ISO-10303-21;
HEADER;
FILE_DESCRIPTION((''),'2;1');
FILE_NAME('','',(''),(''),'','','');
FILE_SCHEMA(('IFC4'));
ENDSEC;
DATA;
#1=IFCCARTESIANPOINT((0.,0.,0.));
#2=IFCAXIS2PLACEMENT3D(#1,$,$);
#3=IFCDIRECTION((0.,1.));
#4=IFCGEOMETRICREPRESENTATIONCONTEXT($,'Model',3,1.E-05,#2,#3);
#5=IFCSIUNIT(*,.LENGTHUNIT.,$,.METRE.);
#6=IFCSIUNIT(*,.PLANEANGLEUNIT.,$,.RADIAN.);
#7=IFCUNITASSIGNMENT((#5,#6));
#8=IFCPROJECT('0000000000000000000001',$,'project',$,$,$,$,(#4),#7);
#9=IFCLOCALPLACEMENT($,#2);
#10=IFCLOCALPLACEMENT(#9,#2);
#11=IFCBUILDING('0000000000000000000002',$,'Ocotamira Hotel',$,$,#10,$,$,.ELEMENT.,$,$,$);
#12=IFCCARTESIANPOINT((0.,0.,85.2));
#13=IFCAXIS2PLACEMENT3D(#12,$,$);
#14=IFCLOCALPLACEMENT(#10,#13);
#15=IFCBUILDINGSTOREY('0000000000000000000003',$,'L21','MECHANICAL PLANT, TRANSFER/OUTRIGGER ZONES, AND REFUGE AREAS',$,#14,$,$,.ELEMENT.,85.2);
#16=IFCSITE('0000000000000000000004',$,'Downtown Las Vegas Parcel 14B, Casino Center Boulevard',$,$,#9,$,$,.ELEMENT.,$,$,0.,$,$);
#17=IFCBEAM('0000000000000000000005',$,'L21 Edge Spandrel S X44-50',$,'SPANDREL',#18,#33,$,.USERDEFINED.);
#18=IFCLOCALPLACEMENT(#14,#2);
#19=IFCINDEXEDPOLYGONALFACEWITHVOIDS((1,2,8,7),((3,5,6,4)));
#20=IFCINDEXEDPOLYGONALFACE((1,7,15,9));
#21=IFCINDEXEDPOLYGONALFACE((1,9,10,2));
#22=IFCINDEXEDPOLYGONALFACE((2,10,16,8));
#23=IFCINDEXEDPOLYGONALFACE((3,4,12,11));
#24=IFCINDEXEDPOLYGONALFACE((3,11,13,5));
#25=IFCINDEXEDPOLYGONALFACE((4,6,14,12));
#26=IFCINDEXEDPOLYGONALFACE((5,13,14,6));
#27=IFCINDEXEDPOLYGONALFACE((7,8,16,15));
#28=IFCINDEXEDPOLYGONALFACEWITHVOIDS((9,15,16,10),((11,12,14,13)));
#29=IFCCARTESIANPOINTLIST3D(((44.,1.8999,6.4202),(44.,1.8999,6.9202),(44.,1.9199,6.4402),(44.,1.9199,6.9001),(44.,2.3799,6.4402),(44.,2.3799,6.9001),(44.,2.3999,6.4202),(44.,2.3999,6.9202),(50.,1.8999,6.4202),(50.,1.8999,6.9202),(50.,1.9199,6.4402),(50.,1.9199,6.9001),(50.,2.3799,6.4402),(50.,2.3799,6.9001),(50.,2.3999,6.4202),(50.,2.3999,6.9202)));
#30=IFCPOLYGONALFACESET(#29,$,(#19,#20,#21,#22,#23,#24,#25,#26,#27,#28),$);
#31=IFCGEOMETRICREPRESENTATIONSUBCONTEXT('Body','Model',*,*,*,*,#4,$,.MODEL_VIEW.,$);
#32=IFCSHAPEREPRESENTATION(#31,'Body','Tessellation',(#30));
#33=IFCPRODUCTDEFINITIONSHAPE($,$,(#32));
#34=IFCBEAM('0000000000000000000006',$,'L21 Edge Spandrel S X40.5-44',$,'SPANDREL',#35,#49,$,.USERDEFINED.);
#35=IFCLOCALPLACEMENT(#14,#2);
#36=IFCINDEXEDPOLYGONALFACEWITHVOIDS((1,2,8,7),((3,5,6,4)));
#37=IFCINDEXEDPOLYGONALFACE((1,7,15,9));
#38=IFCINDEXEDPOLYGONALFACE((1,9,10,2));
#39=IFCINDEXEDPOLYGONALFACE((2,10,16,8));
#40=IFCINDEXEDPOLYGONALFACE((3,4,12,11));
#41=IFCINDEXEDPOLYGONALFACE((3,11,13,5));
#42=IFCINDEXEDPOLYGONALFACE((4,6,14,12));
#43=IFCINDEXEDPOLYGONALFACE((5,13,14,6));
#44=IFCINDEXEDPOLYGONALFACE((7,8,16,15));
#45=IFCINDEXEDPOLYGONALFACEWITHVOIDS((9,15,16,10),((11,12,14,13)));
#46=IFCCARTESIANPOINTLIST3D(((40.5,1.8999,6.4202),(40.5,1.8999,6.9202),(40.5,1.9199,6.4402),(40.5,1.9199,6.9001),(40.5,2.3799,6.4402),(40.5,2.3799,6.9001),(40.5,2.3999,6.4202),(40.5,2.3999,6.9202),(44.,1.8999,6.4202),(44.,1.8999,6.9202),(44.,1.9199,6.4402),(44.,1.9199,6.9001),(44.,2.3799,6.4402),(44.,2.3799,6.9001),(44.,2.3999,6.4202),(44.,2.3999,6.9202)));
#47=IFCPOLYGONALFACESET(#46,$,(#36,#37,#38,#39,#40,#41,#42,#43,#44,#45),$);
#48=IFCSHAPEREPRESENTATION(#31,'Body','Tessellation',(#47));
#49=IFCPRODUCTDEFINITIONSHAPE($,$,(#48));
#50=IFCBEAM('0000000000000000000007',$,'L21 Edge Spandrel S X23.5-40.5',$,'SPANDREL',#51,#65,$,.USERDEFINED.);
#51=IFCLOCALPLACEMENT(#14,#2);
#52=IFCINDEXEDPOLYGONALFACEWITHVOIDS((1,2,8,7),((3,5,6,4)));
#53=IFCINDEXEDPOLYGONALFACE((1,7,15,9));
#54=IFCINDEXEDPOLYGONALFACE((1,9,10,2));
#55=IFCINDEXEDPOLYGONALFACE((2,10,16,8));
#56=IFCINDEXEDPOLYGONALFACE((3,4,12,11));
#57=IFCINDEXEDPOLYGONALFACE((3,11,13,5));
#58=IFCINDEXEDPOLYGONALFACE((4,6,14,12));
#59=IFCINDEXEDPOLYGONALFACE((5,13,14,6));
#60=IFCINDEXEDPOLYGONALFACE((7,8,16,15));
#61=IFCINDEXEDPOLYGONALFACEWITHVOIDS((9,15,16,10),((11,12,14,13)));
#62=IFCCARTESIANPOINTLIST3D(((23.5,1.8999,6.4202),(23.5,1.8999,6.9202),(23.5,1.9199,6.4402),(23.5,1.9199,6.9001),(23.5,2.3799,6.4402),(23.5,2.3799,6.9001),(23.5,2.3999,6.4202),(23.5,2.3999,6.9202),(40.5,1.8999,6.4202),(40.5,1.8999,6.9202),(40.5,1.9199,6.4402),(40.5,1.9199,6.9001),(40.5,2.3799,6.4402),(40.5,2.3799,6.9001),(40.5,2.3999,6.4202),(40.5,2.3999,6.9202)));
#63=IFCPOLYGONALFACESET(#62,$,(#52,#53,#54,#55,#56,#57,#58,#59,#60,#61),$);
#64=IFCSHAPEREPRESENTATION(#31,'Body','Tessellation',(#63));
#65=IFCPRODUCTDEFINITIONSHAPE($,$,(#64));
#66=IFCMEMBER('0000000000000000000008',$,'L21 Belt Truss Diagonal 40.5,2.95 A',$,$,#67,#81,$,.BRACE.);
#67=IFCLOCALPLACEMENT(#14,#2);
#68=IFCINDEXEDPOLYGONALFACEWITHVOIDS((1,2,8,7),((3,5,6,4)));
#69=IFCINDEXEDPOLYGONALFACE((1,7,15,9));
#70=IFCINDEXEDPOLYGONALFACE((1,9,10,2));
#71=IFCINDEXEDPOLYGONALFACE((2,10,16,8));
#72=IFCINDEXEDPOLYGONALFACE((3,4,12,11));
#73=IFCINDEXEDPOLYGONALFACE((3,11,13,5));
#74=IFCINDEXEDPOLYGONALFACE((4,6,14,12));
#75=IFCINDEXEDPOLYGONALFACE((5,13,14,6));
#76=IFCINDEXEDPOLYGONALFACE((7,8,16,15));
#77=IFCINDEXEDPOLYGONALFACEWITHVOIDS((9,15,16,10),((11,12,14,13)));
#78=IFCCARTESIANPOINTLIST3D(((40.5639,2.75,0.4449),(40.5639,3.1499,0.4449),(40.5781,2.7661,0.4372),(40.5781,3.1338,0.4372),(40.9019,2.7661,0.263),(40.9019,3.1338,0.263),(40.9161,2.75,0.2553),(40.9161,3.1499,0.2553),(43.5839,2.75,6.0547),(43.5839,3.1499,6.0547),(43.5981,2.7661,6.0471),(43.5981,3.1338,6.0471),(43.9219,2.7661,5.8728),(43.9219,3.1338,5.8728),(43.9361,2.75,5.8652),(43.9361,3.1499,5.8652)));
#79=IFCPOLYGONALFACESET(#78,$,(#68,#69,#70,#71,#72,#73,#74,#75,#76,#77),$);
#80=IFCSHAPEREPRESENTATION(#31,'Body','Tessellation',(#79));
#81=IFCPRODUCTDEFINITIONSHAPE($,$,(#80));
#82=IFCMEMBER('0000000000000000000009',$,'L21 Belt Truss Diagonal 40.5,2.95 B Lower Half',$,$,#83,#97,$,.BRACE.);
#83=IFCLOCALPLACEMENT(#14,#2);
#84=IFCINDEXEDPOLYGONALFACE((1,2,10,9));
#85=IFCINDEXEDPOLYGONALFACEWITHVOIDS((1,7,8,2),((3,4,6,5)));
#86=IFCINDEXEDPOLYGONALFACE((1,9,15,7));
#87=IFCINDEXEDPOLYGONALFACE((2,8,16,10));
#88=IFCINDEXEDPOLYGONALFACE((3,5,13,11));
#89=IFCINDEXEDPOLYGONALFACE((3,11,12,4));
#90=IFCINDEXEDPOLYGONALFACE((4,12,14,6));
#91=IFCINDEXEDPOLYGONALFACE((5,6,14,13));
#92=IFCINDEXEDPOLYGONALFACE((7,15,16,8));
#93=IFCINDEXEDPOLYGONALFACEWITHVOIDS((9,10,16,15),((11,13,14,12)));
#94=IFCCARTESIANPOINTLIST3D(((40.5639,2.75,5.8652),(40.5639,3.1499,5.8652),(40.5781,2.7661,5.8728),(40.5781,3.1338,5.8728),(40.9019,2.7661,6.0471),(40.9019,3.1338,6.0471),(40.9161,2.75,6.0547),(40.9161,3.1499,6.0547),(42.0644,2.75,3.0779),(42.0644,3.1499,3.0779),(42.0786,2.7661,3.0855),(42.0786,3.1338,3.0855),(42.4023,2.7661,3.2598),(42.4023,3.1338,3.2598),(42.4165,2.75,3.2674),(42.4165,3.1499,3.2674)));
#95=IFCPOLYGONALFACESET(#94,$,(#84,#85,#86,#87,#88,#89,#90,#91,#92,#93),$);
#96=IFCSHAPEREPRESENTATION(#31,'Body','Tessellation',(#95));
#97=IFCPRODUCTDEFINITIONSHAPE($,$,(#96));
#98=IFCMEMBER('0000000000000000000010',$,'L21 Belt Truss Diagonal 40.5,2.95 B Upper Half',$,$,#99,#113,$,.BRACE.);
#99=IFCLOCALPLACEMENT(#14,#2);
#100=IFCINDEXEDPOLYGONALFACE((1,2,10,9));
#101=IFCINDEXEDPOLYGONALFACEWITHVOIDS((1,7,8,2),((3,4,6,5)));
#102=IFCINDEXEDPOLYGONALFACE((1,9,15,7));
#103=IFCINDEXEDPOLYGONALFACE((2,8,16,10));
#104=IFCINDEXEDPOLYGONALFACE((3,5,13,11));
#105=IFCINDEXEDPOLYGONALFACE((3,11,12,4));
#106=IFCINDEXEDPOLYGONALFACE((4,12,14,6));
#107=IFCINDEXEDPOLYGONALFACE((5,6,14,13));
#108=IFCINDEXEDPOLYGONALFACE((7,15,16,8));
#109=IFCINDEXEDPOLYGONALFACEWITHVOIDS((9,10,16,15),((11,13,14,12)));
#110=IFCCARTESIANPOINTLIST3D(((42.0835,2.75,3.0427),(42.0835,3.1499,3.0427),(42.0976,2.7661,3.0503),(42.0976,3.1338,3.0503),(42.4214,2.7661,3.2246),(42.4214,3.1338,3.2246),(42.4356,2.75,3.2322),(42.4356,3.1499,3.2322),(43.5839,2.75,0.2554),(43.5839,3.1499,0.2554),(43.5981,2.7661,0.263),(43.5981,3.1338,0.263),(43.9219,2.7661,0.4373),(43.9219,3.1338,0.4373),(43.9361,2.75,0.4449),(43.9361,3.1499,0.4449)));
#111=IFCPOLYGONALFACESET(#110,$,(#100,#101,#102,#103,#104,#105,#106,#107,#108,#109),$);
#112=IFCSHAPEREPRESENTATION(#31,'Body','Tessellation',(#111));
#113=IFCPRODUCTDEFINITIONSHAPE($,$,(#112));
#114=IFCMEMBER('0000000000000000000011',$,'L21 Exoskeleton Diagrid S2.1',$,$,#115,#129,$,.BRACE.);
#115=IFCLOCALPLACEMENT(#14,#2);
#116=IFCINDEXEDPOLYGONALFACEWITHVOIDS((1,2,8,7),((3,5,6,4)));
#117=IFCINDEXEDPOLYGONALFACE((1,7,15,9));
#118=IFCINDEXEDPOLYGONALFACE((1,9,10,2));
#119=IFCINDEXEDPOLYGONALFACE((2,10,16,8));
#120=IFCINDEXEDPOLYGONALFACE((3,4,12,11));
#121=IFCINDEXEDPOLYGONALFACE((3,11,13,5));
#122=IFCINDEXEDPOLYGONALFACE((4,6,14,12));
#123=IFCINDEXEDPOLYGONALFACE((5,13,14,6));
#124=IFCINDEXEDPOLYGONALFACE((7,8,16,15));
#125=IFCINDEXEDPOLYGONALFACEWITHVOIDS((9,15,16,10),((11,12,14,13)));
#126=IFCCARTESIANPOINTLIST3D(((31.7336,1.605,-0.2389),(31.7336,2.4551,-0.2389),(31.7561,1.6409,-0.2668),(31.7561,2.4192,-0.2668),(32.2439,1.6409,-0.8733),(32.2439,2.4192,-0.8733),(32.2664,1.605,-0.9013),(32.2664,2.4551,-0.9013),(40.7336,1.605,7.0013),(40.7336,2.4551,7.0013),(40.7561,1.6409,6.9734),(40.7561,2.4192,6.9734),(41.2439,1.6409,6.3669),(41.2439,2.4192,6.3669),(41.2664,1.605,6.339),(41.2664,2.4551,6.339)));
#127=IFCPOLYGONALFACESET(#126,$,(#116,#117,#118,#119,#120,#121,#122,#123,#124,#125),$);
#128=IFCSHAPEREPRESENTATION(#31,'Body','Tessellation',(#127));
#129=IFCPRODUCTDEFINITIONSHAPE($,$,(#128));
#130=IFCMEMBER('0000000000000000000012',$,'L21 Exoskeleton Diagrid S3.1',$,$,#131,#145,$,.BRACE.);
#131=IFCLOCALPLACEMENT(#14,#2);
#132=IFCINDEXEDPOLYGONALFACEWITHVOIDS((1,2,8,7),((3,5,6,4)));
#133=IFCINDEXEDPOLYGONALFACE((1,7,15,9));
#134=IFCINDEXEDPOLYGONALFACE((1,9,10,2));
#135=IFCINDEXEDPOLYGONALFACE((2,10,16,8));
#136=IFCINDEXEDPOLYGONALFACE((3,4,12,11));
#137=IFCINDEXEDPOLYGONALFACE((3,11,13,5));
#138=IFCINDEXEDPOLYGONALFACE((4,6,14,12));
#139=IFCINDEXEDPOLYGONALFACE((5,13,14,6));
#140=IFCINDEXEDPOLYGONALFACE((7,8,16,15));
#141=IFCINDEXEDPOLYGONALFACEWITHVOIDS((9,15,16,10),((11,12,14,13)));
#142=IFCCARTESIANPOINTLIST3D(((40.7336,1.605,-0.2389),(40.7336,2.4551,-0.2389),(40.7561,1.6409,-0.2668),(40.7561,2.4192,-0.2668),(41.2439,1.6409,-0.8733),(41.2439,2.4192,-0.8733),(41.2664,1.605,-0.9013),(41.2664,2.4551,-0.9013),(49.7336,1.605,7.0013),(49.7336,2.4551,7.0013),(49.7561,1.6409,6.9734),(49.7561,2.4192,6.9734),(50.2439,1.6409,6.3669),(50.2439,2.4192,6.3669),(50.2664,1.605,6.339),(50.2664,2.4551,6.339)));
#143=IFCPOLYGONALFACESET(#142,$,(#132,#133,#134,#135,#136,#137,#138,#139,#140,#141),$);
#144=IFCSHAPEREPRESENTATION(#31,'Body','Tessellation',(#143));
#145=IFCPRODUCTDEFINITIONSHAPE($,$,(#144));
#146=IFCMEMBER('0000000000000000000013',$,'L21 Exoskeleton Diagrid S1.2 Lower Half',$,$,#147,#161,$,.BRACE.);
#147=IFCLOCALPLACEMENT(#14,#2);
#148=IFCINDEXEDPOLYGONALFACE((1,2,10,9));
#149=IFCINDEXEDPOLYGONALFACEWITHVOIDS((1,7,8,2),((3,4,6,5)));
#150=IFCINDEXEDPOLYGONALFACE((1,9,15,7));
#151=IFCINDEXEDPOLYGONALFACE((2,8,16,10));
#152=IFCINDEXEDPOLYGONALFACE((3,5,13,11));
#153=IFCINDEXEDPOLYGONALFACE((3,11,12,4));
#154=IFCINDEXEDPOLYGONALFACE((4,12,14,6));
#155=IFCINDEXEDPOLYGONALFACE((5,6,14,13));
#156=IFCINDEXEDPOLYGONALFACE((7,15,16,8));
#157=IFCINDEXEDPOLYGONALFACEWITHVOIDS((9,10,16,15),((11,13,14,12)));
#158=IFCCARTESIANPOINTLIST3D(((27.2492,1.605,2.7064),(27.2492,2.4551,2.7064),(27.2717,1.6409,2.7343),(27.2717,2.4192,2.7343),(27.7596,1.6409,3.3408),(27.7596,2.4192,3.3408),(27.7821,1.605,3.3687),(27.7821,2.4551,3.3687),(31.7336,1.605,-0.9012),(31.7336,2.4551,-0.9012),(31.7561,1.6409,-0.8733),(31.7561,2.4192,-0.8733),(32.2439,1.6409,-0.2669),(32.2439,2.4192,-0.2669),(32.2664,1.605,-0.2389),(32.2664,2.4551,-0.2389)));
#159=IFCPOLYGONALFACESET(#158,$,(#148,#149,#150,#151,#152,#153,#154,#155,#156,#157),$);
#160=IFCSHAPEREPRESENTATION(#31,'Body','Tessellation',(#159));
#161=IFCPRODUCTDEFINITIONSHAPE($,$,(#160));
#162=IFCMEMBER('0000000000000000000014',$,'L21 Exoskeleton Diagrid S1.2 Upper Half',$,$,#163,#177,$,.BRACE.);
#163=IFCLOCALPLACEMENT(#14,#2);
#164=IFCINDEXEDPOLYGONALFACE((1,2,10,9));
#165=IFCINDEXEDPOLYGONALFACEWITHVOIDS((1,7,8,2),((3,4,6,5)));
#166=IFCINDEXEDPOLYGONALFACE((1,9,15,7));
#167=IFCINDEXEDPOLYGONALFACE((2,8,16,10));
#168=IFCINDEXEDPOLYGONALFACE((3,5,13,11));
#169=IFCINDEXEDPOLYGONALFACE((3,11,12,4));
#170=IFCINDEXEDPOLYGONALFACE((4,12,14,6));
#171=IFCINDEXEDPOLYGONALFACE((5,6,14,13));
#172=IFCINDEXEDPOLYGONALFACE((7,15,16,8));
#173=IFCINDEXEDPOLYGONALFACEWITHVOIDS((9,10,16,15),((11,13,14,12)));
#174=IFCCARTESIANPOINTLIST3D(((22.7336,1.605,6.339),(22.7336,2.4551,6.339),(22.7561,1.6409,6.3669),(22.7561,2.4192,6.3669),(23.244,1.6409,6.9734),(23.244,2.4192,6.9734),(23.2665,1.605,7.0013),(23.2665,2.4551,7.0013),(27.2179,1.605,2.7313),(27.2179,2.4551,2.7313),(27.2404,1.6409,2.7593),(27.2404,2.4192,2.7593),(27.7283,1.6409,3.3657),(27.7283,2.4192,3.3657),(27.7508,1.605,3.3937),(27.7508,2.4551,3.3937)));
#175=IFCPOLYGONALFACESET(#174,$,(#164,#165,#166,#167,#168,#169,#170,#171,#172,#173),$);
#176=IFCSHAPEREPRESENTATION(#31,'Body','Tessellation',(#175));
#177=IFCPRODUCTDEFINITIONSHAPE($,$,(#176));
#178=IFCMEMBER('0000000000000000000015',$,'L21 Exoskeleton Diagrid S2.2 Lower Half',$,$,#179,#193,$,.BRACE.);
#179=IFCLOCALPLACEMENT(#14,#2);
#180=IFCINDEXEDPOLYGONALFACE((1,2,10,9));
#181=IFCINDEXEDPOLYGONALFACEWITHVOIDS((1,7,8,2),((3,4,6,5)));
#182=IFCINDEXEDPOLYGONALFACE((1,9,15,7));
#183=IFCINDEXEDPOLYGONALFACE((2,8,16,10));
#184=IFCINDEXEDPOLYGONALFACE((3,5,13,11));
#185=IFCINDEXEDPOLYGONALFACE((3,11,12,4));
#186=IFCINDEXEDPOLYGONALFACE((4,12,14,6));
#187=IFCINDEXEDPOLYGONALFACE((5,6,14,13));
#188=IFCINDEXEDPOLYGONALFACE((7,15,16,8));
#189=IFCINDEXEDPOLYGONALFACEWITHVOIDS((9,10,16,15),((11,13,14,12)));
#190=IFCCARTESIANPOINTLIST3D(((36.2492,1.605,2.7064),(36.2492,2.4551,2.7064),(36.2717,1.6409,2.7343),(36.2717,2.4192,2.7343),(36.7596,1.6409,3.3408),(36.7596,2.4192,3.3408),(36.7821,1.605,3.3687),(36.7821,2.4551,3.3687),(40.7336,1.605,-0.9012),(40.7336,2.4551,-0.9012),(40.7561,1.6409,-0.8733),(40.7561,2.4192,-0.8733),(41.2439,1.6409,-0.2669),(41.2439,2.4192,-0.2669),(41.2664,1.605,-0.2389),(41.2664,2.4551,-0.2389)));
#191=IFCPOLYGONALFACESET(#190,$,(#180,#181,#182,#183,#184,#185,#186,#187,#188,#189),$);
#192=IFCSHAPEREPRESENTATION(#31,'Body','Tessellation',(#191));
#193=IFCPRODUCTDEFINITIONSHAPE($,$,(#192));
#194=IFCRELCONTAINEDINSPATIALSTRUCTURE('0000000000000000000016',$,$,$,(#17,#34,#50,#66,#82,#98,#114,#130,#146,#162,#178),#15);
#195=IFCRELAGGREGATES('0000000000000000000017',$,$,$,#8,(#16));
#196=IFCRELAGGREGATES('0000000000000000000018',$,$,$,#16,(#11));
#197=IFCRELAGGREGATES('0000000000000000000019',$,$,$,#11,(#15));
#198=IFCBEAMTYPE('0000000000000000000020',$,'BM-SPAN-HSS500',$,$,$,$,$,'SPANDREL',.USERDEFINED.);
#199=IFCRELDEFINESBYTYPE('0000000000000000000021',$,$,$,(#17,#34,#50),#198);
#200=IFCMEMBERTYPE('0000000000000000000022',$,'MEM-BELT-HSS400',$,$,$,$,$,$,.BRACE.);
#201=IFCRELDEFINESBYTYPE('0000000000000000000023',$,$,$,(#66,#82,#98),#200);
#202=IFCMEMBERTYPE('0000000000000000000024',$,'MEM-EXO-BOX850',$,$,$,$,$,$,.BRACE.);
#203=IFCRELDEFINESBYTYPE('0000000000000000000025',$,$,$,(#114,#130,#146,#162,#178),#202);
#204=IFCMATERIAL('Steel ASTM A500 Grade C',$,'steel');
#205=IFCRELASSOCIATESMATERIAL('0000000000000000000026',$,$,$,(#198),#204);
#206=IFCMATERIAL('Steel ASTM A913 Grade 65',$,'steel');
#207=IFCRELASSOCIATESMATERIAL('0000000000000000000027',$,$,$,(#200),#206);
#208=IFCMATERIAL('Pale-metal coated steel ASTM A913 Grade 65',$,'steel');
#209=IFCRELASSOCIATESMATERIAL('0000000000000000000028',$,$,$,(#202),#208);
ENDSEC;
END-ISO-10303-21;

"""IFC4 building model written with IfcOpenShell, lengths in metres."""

from ifc_helpers import new_model, si_unit, direction, frame, origin, origin_2d, place, context, subcontext, project, spatial, hollow_rectangle, extrude, source, transform, mapped, material, material_profile, profile_set, type_object, element, save


model = new_model("IFC4")

# Units and contexts
model_context = context("Model", 3, precision=1e-05, world=origin(), true_north=direction((0.0, 1.0)))
body_context = subcontext(model_context, "Body", "Model", "MODEL_VIEW")
ifc_project = project(units=[si_unit("LENGTHUNIT", "METRE"), si_unit("PLANEANGLEUNIT", "RADIAN")], contexts=[model_context])

# Site, building, storey
site_placement = place(None, origin())
site = spatial("IfcSite", under=ifc_project, at=site_placement, Name="Downtown Las Vegas Parcel 14B, Casino Center Boulevard", CompositionType="ELEMENT", RefElevation=0.0)
building_placement = place(site_placement, origin())
building = spatial("IfcBuilding", under=site, at=building_placement, Name="Ocotamira Hotel", CompositionType="ELEMENT")
storey_placement = place(building_placement, frame((0.0, 0.0, 85.2)))
storey = spatial("IfcBuildingStorey", under=building, at=storey_placement, Name="L21", Description="MECHANICAL PLANT, TRANSFER/OUTRIGGER ZONES, AND REFUGE AREAS", CompositionType="ELEMENT", Elevation=85.2)

# Shared definitions
ifc_material_1 = material(Name="Steel ASTM A913 Grade 65", Category="steel")

# Beams
ifc_material_2 = material(Name="Steel ASTM A500 Grade C", Category="steel")
ifc_material_profile_1 = material_profile(ifc_material_2, hollow_rectangle(XDim=0.5, YDim=0.5, WallThickness=0.02, at=origin_2d()), Name="HSS500X500X20")
ifc_profile_set_1 = profile_set([ifc_material_profile_1], Name="Steel ASTM A500 Grade C")
beam_type_1 = type_object("IfcBeamType", Name="BM-SPAN-HSS500", ElementType="SPANDREL", PredefinedType="USERDEFINED", material=ifc_profile_set_1)
shared_shape_1 = source(origin(), body_context, "Body", "SweptSolid", [
    extrude(hollow_rectangle(XDim=0.5, YDim=0.5, WallThickness=0.02, at=origin_2d()), origin(), (0.0, 0.0, 1.0), 6.0),
])
beam_1_placement = place(storey_placement, frame((44.0, 2.1499, 6.6702), z_axis=(1.0, 0.0, 0.0), x_axis=(0.0, 1.0, 0.0)))
element("IfcBeam", 1, at=beam_1_placement, inside=storey, type_object=beam_type_1, Name="L21 Edge Spandrel S X44-50", ObjectType="SPANDREL", PredefinedType="USERDEFINED", context=body_context, shape_type="MappedRepresentation", body=[
    mapped(shared_shape_1, transform((0.0, 0.0, 0.0), scale=1.0)),
])
shared_shape_2 = source(origin(), body_context, "Body", "SweptSolid", [
    extrude(hollow_rectangle(XDim=0.5, YDim=0.5, WallThickness=0.02, at=origin_2d()), origin(), (0.0, 0.0, 1.0), 3.5),
])
beam_2_placement = place(storey_placement, frame((40.5, 2.1499, 6.6702), z_axis=(1.0, 0.0, 0.0), x_axis=(0.0, 1.0, 0.0)))
element("IfcBeam", 2, at=beam_2_placement, inside=storey, type_object=beam_type_1, Name="L21 Edge Spandrel S X40.5-44", ObjectType="SPANDREL", PredefinedType="USERDEFINED", context=body_context, shape_type="MappedRepresentation", body=[
    mapped(shared_shape_2, transform((0.0, 0.0, 0.0), scale=1.0)),
])
shared_shape_3 = source(origin(), body_context, "Body", "SweptSolid", [
    extrude(hollow_rectangle(XDim=0.5, YDim=0.5, WallThickness=0.02, at=origin_2d()), origin(), (0.0, 0.0, 1.0), 17.0),
])
beam_3_placement = place(storey_placement, frame((23.5, 2.1499, 6.6702), z_axis=(1.0, 0.0, 0.0), x_axis=(0.0, 1.0, 0.0)))
element("IfcBeam", 3, at=beam_3_placement, inside=storey, type_object=beam_type_1, Name="L21 Edge Spandrel S X23.5-40.5", ObjectType="SPANDREL", PredefinedType="USERDEFINED", context=body_context, shape_type="MappedRepresentation", body=[
    mapped(shared_shape_3, transform((0.0, 0.0, 0.0), scale=1.0)),
])

# Members
ifc_material_profile_2 = material_profile(ifc_material_1, hollow_rectangle(XDim=0.3999, YDim=0.3999, WallThickness=0.0161, at=origin_2d()), Name="HSS400X400X16")
ifc_profile_set_2 = profile_set([ifc_material_profile_2], Name="Steel ASTM A913 Grade 65")
member_type_1 = type_object("IfcMemberType", Name="MEM-BELT-HSS400", PredefinedType="BRACE", material=ifc_profile_set_2)
shared_shape_4 = source(origin(), body_context, "Body", "SweptSolid", [
    extrude(hollow_rectangle(XDim=0.3999, YDim=0.3999, WallThickness=0.0161, at=origin_2d()), origin(), (0.0, 0.0, 1.0), 6.3711),
])
member_placement = place(storey_placement, frame((40.74, 2.95, 0.3501), z_axis=(0.474018, 0.0, 0.880515), x_axis=(0.0, 1.0, 0.0)))
element("IfcMember", 4, at=member_placement, inside=storey, type_object=member_type_1, Name="L21 Belt Truss Diagonal 40.5,2.95 A", PredefinedType="BRACE", context=body_context, shape_type="MappedRepresentation", body=[
    mapped(shared_shape_4, transform((0.0, 0.0, 0.0), scale=1.0)),
])
shared_shape_5 = source(origin(), body_context, "Body", "SweptSolid", [
    extrude(hollow_rectangle(XDim=0.3999, YDim=0.3999, WallThickness=0.0161, at=origin_2d()), origin(), (0.0, 0.0, 1.0), 3.1655),
])
for number, where, z_axis, x_axis, name in (
    (5, (40.74, 2.95, 5.96), (0.474003, 0.0, -0.880523), (0.0, 1.0, 0.0), "L21 Belt Truss Diagonal 40.5,2.95 B Lower Half"),
    (6, (42.2595, 2.95, 3.1375), (0.474003, 0.0, -0.880523), (0.0, 1.0, 0.0), "L21 Belt Truss Diagonal 40.5,2.95 B Upper Half"),
):
    element("IfcMember", number, at=place(storey_placement, frame(where, z_axis=z_axis, x_axis=x_axis)), inside=storey, type_object=member_type_1, Name=name, PredefinedType="BRACE", context=body_context, shape_type="MappedRepresentation", body=[
        mapped(shared_shape_5, transform((0.0, 0.0, 0.0), scale=1.0)),
    ])
ifc_material_3 = material(Name="Pale-metal coated steel ASTM A913 Grade 65", Category="steel")
ifc_material_profile_3 = material_profile(ifc_material_3, hollow_rectangle(XDim=0.8501, YDim=0.8501, WallThickness=0.0359, at=origin_2d()), Name="BOX850X850X36")
ifc_profile_set_3 = profile_set([ifc_material_profile_3], Name="Pale-metal coated steel ASTM A913 Grade 65")
member_type_2 = type_object("IfcMemberType", Name="MEM-EXO-BOX850", PredefinedType="BRACE", material=ifc_profile_set_3)
shared_shape_6 = source(origin(), body_context, "Body", "SweptSolid", [
    extrude(hollow_rectangle(XDim=0.8501, YDim=0.8501, WallThickness=0.0359, at=origin_2d()), origin(), (0.0, 0.0, 1.0), 11.5508),
])
for number, where, z_axis, x_axis, name in (
    (7, (32.0, 2.03, -0.5701), (0.779167, 0.0, 0.626817), (0.0, 1.0, 0.0), "L21 Exoskeleton Diagrid S2.1"),
    (8, (41.0, 2.03, -0.5701), (0.779167, 0.0, 0.626817), (0.0, 1.0, 0.0), "L21 Exoskeleton Diagrid S3.1"),
):
    element("IfcMember", number, at=place(storey_placement, frame(where, z_axis=z_axis, x_axis=x_axis)), inside=storey, type_object=member_type_2, Name=name, PredefinedType="BRACE", context=body_context, shape_type="MappedRepresentation", body=[
        mapped(shared_shape_6, transform((0.0, 0.0, 0.0), scale=1.0)),
    ])
shared_shape_7 = source(origin(), body_context, "Body", "SweptSolid", [
    extrude(hollow_rectangle(XDim=0.8501, YDim=0.8501, WallThickness=0.0359, at=origin_2d()), origin(), (0.0, 0.0, 1.0), 5.7554),
])
for number, where, z_axis, x_axis, name in (
    (9, (32.0, 2.03, -0.5701), (-0.779157, 0.0, 0.626829), (0.0, -1.0, 0.0), "L21 Exoskeleton Diagrid S1.2 Lower Half"),
    (10, (27.4844, 2.03, 3.0625), (-0.779157, 0.0, 0.626829), (0.0, -1.0, 0.0), "L21 Exoskeleton Diagrid S1.2 Upper Half"),
    (11, (41.0, 2.03, -0.5701), (-0.779157, 0.0, 0.626829), (0.0, -1.0, 0.0), "L21 Exoskeleton Diagrid S2.2 Lower Half"),
):
    element("IfcMember", number, at=place(storey_placement, frame(where, z_axis=z_axis, x_axis=x_axis)), inside=storey, type_object=member_type_2, Name=name, PredefinedType="BRACE", context=body_context, shape_type="MappedRepresentation", body=[
        mapped(shared_shape_7, transform((0.0, 0.0, 0.0), scale=1.0)),
    ])

save(model, "model.ifc")
